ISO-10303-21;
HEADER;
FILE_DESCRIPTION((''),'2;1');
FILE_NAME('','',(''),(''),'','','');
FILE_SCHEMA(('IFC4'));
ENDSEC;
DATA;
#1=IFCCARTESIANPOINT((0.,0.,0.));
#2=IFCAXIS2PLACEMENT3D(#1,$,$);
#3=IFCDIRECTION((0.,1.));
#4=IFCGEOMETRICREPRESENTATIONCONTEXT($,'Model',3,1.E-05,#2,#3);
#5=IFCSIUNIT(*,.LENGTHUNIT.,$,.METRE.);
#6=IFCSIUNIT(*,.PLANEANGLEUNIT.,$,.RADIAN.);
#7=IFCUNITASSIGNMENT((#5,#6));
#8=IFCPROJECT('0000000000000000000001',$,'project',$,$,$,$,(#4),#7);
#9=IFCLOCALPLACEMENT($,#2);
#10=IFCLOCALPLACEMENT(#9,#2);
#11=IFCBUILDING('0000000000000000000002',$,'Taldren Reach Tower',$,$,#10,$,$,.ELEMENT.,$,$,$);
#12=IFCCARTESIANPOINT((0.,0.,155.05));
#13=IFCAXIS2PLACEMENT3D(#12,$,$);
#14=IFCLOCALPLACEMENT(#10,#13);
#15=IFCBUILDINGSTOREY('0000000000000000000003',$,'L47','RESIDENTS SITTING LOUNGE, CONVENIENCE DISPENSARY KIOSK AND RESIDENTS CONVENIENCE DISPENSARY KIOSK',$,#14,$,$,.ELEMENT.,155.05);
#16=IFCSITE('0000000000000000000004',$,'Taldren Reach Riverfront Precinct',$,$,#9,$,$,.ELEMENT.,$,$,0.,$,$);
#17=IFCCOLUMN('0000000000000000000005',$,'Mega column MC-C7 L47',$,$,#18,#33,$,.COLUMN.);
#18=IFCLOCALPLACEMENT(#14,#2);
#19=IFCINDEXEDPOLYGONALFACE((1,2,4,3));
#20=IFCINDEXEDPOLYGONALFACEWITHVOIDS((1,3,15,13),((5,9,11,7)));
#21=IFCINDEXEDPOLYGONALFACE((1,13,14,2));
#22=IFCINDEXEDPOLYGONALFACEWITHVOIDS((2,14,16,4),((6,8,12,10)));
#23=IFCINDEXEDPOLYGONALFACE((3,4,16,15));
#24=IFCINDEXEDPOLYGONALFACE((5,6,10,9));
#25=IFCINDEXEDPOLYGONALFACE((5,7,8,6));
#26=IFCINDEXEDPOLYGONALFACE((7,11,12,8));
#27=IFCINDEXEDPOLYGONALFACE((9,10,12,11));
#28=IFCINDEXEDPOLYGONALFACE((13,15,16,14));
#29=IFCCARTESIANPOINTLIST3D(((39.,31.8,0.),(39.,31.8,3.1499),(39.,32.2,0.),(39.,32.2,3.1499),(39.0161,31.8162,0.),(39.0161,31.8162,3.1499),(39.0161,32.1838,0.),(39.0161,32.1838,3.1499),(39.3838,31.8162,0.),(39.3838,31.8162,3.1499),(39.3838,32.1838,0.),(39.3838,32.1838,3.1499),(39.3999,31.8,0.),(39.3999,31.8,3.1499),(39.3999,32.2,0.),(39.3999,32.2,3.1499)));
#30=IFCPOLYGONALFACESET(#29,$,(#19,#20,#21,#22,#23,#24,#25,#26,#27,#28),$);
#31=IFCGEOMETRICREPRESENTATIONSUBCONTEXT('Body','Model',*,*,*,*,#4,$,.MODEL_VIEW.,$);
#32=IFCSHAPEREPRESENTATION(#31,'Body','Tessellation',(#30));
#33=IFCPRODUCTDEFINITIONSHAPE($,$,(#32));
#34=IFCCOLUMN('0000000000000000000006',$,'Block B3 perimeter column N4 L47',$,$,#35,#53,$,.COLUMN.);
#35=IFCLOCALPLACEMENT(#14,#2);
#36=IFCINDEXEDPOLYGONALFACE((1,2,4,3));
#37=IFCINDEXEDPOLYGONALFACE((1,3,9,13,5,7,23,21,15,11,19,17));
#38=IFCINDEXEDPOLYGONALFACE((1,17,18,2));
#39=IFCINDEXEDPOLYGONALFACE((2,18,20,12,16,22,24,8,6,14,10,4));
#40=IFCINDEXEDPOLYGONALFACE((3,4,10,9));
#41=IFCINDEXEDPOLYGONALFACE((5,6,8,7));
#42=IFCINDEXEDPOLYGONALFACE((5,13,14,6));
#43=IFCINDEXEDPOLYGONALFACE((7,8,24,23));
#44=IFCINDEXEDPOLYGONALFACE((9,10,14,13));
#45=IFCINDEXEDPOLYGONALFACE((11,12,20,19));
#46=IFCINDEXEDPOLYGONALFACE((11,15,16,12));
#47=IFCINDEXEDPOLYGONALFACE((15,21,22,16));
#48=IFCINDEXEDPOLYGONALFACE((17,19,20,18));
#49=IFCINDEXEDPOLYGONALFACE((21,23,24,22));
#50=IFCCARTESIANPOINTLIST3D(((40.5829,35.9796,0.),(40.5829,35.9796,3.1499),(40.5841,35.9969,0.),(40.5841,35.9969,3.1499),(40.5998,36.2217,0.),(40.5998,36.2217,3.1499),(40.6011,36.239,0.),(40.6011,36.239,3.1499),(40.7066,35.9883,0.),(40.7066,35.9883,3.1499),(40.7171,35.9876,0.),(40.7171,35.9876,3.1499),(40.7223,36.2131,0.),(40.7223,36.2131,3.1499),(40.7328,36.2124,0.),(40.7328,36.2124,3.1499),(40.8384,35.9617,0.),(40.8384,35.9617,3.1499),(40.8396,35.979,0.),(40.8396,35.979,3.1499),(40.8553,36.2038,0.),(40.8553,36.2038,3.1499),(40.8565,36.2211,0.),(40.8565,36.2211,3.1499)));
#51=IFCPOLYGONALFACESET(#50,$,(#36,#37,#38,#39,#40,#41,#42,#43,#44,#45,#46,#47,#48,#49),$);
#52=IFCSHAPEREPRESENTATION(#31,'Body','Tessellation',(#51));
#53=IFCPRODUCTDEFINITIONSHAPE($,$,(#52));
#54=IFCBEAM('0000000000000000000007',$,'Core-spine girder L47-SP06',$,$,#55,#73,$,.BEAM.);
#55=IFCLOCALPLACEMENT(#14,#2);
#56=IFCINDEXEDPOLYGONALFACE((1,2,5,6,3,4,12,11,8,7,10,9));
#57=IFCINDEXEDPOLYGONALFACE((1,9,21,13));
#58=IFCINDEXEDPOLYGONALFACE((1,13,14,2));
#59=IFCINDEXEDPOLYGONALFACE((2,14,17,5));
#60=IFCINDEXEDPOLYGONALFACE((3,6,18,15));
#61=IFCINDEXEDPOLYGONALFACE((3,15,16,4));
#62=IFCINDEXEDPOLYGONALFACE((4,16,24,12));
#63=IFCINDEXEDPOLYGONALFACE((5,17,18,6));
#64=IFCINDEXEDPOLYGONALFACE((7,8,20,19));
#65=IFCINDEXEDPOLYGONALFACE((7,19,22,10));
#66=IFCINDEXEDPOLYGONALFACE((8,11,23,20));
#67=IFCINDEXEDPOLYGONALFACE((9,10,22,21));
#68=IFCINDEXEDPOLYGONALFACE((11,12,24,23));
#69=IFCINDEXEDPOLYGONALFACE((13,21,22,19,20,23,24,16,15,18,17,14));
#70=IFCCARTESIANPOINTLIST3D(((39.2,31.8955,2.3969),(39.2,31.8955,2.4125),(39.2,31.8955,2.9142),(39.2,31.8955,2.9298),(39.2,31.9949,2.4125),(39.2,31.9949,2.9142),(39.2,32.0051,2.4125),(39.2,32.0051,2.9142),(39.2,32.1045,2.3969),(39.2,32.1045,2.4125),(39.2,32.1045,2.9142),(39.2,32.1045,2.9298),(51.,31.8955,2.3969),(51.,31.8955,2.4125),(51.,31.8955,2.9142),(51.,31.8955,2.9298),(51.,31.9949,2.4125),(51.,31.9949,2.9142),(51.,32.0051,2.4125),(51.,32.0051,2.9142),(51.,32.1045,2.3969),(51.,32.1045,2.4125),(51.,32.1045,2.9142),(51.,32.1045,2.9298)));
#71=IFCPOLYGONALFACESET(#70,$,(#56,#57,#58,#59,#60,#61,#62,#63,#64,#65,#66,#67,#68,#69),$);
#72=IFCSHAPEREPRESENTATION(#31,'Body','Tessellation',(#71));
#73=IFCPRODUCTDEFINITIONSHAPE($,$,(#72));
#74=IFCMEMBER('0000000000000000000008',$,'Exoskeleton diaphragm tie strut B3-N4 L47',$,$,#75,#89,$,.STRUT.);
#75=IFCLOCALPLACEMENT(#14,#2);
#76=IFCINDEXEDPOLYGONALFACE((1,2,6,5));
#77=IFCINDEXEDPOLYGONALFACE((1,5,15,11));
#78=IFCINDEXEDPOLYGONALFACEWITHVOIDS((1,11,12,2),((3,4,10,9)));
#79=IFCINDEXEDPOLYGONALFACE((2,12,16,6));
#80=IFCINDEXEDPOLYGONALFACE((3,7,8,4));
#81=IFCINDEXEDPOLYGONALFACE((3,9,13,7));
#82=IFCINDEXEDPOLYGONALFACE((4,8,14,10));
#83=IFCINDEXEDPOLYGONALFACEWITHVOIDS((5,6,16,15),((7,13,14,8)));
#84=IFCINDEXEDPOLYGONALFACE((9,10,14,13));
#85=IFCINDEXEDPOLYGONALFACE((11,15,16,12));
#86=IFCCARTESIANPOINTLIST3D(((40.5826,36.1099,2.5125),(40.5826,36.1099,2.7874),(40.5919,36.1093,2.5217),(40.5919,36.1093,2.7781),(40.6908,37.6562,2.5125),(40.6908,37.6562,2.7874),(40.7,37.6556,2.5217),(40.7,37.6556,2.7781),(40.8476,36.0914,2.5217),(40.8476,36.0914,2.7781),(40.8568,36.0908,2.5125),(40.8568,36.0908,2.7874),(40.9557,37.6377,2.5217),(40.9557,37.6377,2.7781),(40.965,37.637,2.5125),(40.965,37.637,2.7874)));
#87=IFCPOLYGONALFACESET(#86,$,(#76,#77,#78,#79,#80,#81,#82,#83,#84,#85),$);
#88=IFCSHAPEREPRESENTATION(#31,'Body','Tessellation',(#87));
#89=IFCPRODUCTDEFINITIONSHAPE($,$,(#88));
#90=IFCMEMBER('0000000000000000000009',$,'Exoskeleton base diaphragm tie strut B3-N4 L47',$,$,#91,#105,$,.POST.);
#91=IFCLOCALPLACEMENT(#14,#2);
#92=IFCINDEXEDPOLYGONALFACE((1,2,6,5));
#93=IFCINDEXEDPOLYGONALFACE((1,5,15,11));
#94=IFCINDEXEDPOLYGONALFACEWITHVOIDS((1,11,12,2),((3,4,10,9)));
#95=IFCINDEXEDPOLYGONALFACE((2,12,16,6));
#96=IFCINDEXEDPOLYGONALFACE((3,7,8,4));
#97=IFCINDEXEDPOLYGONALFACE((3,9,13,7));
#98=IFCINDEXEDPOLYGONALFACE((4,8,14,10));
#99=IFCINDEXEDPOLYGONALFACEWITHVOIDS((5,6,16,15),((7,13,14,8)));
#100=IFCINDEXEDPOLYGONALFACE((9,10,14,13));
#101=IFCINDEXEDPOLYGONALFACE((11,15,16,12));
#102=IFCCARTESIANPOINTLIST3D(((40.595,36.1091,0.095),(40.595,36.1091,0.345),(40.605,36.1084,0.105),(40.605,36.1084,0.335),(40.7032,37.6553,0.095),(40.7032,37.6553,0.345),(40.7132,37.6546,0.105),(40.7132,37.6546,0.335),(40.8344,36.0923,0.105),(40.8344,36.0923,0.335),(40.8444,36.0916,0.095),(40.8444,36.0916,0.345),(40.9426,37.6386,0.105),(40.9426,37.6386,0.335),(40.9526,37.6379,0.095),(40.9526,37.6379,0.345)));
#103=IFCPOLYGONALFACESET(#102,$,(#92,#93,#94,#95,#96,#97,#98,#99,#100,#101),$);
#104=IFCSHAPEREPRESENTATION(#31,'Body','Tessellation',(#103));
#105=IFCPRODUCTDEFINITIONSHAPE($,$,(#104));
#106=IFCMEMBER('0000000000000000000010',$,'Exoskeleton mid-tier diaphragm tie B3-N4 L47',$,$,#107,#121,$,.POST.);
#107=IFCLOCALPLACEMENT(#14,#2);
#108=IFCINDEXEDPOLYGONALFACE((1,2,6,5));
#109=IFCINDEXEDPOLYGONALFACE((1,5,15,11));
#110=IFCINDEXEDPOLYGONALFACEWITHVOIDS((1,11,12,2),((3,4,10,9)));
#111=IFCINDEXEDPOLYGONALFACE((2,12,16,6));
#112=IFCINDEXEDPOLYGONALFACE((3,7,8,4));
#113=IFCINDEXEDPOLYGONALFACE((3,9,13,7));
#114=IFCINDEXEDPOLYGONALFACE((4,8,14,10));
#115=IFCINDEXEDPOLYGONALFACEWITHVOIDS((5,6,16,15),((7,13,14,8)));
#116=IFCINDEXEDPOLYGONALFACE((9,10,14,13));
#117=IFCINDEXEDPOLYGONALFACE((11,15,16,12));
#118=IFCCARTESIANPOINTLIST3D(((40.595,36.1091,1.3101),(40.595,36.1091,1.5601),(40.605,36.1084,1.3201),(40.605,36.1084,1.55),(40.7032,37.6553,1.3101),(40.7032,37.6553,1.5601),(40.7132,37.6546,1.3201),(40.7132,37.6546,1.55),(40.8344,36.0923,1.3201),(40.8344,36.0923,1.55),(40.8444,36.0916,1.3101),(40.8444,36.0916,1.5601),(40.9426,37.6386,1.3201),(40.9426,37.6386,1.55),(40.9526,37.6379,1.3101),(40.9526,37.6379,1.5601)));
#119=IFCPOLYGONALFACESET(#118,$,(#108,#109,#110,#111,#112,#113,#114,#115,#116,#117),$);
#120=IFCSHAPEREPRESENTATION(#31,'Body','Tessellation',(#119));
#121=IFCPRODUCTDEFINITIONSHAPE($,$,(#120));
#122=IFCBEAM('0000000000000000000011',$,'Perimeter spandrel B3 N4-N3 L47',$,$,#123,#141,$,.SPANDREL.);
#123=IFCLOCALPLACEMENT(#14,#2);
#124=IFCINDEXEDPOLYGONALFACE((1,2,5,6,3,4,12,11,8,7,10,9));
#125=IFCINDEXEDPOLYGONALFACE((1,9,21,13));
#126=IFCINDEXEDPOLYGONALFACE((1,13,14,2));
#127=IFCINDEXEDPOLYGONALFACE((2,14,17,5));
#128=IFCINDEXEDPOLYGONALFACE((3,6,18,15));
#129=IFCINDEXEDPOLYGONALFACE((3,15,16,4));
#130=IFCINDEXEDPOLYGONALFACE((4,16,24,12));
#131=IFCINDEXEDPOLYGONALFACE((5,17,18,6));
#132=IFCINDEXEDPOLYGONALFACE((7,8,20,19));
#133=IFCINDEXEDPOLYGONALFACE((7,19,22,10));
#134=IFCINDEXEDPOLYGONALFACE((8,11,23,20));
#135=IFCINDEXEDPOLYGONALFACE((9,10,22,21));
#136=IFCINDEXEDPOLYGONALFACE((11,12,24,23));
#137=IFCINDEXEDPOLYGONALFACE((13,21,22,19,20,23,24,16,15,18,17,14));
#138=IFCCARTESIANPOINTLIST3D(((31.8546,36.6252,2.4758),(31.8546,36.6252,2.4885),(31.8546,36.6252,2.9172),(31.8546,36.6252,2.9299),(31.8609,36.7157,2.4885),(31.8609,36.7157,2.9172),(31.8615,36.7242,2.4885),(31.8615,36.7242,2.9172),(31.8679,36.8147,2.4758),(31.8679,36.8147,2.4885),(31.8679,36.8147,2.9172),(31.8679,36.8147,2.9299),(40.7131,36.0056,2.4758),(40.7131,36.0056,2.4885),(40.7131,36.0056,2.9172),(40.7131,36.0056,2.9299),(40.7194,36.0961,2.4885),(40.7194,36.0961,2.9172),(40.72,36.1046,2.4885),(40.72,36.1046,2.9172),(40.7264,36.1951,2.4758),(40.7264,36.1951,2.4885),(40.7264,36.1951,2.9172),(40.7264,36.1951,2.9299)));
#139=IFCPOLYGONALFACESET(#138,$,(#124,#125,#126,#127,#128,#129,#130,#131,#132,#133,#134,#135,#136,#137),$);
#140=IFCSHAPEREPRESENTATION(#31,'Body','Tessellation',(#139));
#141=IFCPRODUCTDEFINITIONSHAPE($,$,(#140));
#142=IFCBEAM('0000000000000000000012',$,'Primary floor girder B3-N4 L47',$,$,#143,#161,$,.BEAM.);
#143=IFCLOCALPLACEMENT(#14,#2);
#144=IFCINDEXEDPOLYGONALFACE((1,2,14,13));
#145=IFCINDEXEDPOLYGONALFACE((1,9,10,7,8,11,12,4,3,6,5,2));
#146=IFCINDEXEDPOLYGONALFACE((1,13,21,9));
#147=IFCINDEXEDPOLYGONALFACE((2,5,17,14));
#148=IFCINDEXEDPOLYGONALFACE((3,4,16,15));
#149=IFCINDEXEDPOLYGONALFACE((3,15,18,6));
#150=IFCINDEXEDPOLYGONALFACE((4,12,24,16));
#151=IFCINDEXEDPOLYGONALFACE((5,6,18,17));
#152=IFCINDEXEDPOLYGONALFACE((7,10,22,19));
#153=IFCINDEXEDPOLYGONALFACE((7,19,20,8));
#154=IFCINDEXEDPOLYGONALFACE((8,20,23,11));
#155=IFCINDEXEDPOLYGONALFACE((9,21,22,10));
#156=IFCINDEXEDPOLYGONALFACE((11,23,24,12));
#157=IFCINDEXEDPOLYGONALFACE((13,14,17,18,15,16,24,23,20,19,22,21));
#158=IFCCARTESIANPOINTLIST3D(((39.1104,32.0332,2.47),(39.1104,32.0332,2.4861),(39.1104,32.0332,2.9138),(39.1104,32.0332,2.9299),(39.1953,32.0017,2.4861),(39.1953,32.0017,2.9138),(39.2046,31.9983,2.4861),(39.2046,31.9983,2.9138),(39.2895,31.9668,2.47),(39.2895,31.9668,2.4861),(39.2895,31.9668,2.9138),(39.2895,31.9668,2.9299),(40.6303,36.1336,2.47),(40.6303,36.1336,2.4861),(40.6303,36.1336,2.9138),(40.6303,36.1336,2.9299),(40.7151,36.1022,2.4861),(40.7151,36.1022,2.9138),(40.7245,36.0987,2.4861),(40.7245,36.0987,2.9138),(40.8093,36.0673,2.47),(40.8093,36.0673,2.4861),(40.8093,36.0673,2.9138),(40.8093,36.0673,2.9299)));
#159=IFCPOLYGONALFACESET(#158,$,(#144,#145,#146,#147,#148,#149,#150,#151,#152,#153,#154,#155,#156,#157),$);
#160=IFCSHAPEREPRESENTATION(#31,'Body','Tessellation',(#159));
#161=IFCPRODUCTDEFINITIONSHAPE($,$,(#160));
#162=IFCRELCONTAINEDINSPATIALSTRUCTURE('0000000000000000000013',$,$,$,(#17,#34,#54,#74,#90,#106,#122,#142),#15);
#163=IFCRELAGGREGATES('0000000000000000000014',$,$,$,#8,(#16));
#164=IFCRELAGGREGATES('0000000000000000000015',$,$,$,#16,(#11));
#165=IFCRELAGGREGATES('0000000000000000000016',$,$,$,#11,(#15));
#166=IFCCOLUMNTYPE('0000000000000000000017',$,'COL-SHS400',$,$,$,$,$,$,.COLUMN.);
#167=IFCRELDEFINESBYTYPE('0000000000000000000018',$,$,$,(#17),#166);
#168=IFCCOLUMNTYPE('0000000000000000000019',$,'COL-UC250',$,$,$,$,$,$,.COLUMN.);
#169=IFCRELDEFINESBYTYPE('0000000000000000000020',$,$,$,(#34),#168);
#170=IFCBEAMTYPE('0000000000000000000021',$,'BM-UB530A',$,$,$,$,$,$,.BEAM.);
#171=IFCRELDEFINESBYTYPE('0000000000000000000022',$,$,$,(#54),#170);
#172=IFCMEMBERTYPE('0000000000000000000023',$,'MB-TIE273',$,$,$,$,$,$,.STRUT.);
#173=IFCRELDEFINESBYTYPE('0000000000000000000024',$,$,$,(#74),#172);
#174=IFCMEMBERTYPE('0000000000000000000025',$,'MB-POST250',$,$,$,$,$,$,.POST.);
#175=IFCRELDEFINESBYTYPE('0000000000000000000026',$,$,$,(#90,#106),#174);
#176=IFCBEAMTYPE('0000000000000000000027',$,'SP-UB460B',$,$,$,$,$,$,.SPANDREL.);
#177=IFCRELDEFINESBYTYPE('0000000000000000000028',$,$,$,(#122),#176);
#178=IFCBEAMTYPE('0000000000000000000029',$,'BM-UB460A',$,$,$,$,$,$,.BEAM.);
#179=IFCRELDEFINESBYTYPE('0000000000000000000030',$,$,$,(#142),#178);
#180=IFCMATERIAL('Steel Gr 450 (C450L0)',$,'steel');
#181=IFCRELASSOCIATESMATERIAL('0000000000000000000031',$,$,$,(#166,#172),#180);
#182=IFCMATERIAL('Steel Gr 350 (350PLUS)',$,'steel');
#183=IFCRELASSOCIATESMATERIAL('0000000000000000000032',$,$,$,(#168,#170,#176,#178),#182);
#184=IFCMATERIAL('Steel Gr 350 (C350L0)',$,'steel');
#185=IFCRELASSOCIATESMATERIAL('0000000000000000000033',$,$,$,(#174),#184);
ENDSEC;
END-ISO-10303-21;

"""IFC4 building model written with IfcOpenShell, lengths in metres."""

from ifc_helpers import new_model, si_unit, direction, frame, origin, origin_2d, place, context, subcontext, project, spatial, hollow_rectangle, i_section, extrude, source, transform, mapped, material, material_profile, profile_set, type_object, element, save


model = new_model("IFC4")

# Units and contexts
model_context = context("Model", 3, precision=1e-05, world=origin(), true_north=direction((0.0, 1.0)))
body_context = subcontext(model_context, "Body", "Model", "MODEL_VIEW")
ifc_project = project(units=[si_unit("LENGTHUNIT", "METRE"), si_unit("PLANEANGLEUNIT", "RADIAN")], contexts=[model_context])

# Site, building, storey
site_placement = place(None, origin())
site = spatial("IfcSite", under=ifc_project, at=site_placement, Name="Taldren Reach Riverfront Precinct", CompositionType="ELEMENT", RefElevation=0.0)
building_placement = place(site_placement, origin())
building = spatial("IfcBuilding", under=site, at=building_placement, Name="Taldren Reach Tower", CompositionType="ELEMENT")
storey_placement = place(building_placement, frame((0.0, 0.0, 155.05)))
storey = spatial("IfcBuildingStorey", under=building, at=storey_placement, Name="L47", Description="RESIDENTS SITTING LOUNGE, CONVENIENCE DISPENSARY KIOSK AND RESIDENTS CONVENIENCE DISPENSARY KIOSK", CompositionType="ELEMENT", Elevation=155.05)

# Columns
ifc_material_1 = material(Name="Steel Gr 450 (C450L0)", Category="steel")
ifc_material_profile_1 = material_profile(ifc_material_1, hollow_rectangle(XDim=0.3999, YDim=0.3999, WallThickness=0.0161, at=origin_2d()), Name="400x400x16.0SHS")
ifc_profile_set_1 = profile_set([ifc_material_profile_1], Name="Steel Gr 450 (C450L0)")
column_type_1 = type_object("IfcColumnType", Name="COL-SHS400", PredefinedType="COLUMN", material=ifc_profile_set_1)
shared_shape_1 = source(origin(), body_context, "Body", "SweptSolid", [
    extrude(hollow_rectangle(XDim=0.3999, YDim=0.3999, WallThickness=0.0161, at=origin_2d()), origin(), (0.0, 0.0, 1.0), 3.1499),
])
column_1_placement = place(storey_placement, frame((39.2, 32.0, 0.0), z_axis=(0.0, 0.0, 1.0), x_axis=(1.0, 0.0, 0.0)))
element("IfcColumn", 1, at=column_1_placement, inside=storey, type_object=column_type_1, Name="Mega column MC-C7 L47", PredefinedType="COLUMN", context=body_context, shape_type="MappedRepresentation", body=[
    mapped(shared_shape_1, transform((0.0, 0.0, 0.0), scale=1.0)),
])
ifc_material_2 = material(Name="Steel Gr 350 (350PLUS)", Category="steel")
ifc_material_profile_2 = material_profile(ifc_material_2, i_section(OverallWidth=0.2561, OverallDepth=0.26, WebThickness=0.0105, FlangeThickness=0.0173, at=origin_2d()), Name="250UC89.5")
ifc_profile_set_2 = profile_set([ifc_material_profile_2], Name="Steel Gr 350 (350PLUS)")
column_type_2 = type_object("IfcColumnType", Name="COL-UC250", PredefinedType="COLUMN", material=ifc_profile_set_2)
shared_shape_2 = source(origin(), body_context, "Body", "SweptSolid", [
    extrude(i_section(OverallWidth=0.2561, OverallDepth=0.26, WebThickness=0.0105, FlangeThickness=0.0173, at=origin_2d()), origin(), (0.0, 0.0, 1.0), 3.1499),
])
column_2_placement = place(storey_placement, frame((40.7197, 36.1003, 0.0), z_axis=(0.0, 0.0, 1.0), x_axis=(0.997564, -0.069756, 0.0)))
element("IfcColumn", 2, at=column_2_placement, inside=storey, type_object=column_type_2, Name="Block B3 perimeter column N4 L47", PredefinedType="COLUMN", context=body_context, shape_type="MappedRepresentation", body=[
    mapped(shared_shape_2, transform((0.0, 0.0, 0.0), scale=1.0)),
])

# Beam
ifc_material_profile_3 = material_profile(ifc_material_2, i_section(OverallWidth=0.209, OverallDepth=0.533, WebThickness=0.0103, FlangeThickness=0.0156, at=origin_2d()), Name="530UB92.4")
ifc_profile_set_3 = profile_set([ifc_material_profile_3], Name="Steel Gr 350 (350PLUS)")
beam_type_1 = type_object("IfcBeamType", Name="BM-UB530A", PredefinedType="BEAM", material=ifc_profile_set_3)
shared_shape_3 = source(origin(), body_context, "Body", "SweptSolid", [
    extrude(i_section(OverallWidth=0.209, OverallDepth=0.533, WebThickness=0.0103, FlangeThickness=0.0156, at=origin_2d()), origin(), (0.0, 0.0, 1.0), 11.8),
])
beam_1_placement = place(storey_placement, frame((39.2, 32.0, 2.6633), z_axis=(1.0, 0.0, 0.0), x_axis=(0.0, 1.0, 0.0)))
element("IfcBeam", 3, at=beam_1_placement, inside=storey, type_object=beam_type_1, Name="Core-spine girder L47-SP06", PredefinedType="BEAM", context=body_context, shape_type="MappedRepresentation", body=[
    mapped(shared_shape_3, transform((0.0, 0.0, 0.0), scale=1.0)),
])

# Members
ifc_material_profile_4 = material_profile(ifc_material_1, hollow_rectangle(XDim=0.2749, YDim=0.2749, WallThickness=0.0093, at=origin_2d()), Name="275x275x9.3SHS")
ifc_profile_set_4 = profile_set([ifc_material_profile_4], Name="Steel Gr 450 (C450L0)")
member_type_1 = type_object("IfcMemberType", Name="MB-TIE273", PredefinedType="STRUT", material=ifc_profile_set_4)
shared_shape_4 = source(origin(), body_context, "Body", "SweptSolid", [
    extrude(hollow_rectangle(XDim=0.2749, YDim=0.2749, WallThickness=0.0093, at=origin_2d()), origin(), (0.0, 0.0, 1.0), 1.55),
])
member_1_placement = place(storey_placement, frame((40.7197, 36.1003, 2.6499), z_axis=(0.06977, 0.997563, 0.0), x_axis=(-0.997563, 0.06977, 0.0)))
element("IfcMember", 4, at=member_1_placement, inside=storey, type_object=member_type_1, Name="Exoskeleton diaphragm tie strut B3-N4 L47", PredefinedType="STRUT", context=body_context, shape_type="MappedRepresentation", body=[
    mapped(shared_shape_4, transform((0.0, 0.0, 0.0), scale=1.0)),
])
ifc_material_3 = material(Name="Steel Gr 350 (C350L0)", Category="steel")
ifc_material_profile_5 = material_profile(ifc_material_3, hollow_rectangle(XDim=0.25, YDim=0.25, WallThickness=0.01, at=origin_2d()), Name="250x250x10.0SHS")
ifc_profile_set_5 = profile_set([ifc_material_profile_5], Name="Steel Gr 350 (C350L0)")
member_type_2 = type_object("IfcMemberType", Name="MB-POST250", PredefinedType="POST", material=ifc_profile_set_5)
shared_shape_5 = source(origin(), body_context, "Body", "SweptSolid", [
    extrude(hollow_rectangle(XDim=0.25, YDim=0.25, WallThickness=0.01, at=origin_2d()), origin(), (0.0, 0.0, 1.0), 1.55),
])
for number, where, z_axis, x_axis, name in (
    (5, (40.7197, 36.1003, 0.22), (0.06977, 0.997563, 0.0), (-0.997563, 0.06977, 0.0), "Exoskeleton base diaphragm tie strut B3-N4 L47"),
    (6, (40.7197, 36.1003, 1.4351), (0.06977, 0.997563, 0.0), (-0.997563, 0.06977, 0.0), "Exoskeleton mid-tier diaphragm tie B3-N4 L47"),
):
    element("IfcMember", number, at=place(storey_placement, frame(where, z_axis=z_axis, x_axis=x_axis)), inside=storey, type_object=member_type_2, Name=name, PredefinedType="POST", context=body_context, shape_type="MappedRepresentation", body=[
        mapped(shared_shape_5, transform((0.0, 0.0, 0.0), scale=1.0)),
    ])

# Beams
ifc_material_profile_6 = material_profile(ifc_material_2, i_section(OverallWidth=0.1899, OverallDepth=0.4541, WebThickness=0.0085, FlangeThickness=0.0127, at=origin_2d()), Name="460UB67.1")
ifc_profile_set_6 = profile_set([ifc_material_profile_6], Name="Steel Gr 350 (350PLUS)")
beam_type_2 = type_object("IfcBeamType", Name="SP-UB460B", PredefinedType="SPANDREL", material=ifc_profile_set_6)
shared_shape_6 = source(origin(), body_context, "Body", "SweptSolid", [
    extrude(i_section(OverallWidth=0.1899, OverallDepth=0.4541, WebThickness=0.0085, FlangeThickness=0.0127, at=origin_2d()), origin(), (0.0, 0.0, 1.0), 8.8801),
])
beam_2_placement = place(storey_placement, frame((40.7197, 36.1003, 2.7029), z_axis=(-0.997563, 0.069778, 0.0), x_axis=(-0.069778, -0.997563, 0.0)))
element("IfcBeam", 7, at=beam_2_placement, inside=storey, type_object=beam_type_2, Name="Perimeter spandrel B3 N4-N3 L47", PredefinedType="SPANDREL", context=body_context, shape_type="MappedRepresentation", body=[
    mapped(shared_shape_6, transform((0.0, 0.0, 0.0), scale=1.0)),
])
ifc_material_profile_7 = material_profile(ifc_material_2, i_section(OverallWidth=0.1909, OverallDepth=0.46, WebThickness=0.01, FlangeThickness=0.0161, at=origin_2d()), Name="460UB82.1")
ifc_profile_set_7 = profile_set([ifc_material_profile_7], Name="Steel Gr 350 (350PLUS)")
beam_type_3 = type_object("IfcBeamType", Name="BM-UB460A", PredefinedType="BEAM", material=ifc_profile_set_7)
shared_shape_7 = source(origin(), body_context, "Body", "SweptSolid", [
    extrude(i_section(OverallWidth=0.1909, OverallDepth=0.46, WebThickness=0.01, FlangeThickness=0.0161, at=origin_2d()), origin(), (0.0, 0.0, 1.0), 4.373),
])
beam_3_placement = place(storey_placement, frame((39.2, 32.0, 2.7), z_axis=(0.347542, 0.937665, 0.0), x_axis=(-0.937665, 0.347542, 0.0)))
element("IfcBeam", 8, at=beam_3_placement, inside=storey, type_object=beam_type_3, Name="Primary floor girder B3-N4 L47", PredefinedType="BEAM", context=body_context, shape_type="MappedRepresentation", body=[
    mapped(shared_shape_7, transform((0.0, 0.0, 0.0), scale=1.0)),
])

save(model, "model.ifc")
